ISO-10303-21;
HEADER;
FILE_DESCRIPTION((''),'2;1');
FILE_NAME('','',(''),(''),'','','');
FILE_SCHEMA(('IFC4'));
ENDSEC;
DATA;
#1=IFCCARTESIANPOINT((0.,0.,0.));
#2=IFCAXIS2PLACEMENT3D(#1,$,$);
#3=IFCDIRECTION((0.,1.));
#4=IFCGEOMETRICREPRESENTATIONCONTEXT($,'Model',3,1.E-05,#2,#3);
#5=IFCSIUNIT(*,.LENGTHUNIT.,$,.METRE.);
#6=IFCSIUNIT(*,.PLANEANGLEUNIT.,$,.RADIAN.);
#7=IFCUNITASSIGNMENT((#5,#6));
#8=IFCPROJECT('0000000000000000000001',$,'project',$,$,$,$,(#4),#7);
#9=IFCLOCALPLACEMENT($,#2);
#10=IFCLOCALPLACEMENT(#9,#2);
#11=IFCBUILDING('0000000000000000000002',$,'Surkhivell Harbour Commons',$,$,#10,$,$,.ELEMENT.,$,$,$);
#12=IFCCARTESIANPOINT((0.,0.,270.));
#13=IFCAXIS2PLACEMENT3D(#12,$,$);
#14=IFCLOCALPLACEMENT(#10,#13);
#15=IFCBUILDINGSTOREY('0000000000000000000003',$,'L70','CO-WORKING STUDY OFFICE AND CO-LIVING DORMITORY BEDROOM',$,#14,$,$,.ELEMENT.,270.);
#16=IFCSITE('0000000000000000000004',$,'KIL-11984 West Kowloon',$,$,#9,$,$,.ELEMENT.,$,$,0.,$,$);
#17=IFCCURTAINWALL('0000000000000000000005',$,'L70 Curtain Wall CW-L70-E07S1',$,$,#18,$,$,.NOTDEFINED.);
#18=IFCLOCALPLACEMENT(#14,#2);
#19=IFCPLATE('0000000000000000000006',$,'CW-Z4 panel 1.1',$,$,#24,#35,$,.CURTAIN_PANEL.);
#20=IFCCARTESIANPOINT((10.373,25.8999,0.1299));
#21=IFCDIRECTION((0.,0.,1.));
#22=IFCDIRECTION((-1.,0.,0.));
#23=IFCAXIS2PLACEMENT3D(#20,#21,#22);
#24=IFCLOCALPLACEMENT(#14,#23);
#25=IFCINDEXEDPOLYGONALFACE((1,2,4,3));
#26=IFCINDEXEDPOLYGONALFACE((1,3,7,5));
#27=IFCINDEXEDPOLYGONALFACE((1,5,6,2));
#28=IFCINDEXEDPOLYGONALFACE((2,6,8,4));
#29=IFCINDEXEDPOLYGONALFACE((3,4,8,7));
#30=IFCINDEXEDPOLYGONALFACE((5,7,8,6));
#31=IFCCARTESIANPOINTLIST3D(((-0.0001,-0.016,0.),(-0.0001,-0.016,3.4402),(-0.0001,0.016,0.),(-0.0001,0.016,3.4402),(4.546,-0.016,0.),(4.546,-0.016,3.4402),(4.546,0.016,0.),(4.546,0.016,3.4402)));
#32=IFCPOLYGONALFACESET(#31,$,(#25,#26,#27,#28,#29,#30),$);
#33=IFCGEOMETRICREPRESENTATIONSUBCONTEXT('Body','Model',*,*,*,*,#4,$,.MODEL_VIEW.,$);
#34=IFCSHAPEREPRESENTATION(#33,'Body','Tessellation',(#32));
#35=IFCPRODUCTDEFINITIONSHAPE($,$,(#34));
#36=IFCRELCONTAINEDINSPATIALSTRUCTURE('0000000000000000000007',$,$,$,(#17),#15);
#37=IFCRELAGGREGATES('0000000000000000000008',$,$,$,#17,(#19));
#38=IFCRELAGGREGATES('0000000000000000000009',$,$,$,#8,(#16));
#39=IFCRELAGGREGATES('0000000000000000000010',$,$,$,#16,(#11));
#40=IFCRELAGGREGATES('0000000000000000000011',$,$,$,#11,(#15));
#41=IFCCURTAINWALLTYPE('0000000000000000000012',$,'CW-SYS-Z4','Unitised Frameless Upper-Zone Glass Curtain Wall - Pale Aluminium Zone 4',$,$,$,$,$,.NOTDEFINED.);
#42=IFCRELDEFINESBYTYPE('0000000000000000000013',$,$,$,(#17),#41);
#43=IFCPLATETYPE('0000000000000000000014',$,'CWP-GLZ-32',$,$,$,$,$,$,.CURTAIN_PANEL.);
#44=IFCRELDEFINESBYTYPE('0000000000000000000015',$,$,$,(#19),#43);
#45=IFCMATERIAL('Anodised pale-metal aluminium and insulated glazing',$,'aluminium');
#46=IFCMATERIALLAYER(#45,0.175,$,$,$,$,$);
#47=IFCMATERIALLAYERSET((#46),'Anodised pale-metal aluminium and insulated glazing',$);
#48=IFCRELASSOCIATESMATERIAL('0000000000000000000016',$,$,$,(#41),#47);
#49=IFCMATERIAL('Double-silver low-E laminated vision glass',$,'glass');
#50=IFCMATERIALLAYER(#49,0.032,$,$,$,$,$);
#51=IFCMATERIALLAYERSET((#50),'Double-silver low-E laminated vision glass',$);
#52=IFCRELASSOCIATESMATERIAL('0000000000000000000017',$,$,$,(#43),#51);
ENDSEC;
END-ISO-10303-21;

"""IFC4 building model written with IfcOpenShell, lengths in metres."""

from ifc_helpers import new_model, si_unit, direction, frame, frame_2d, origin, place, context, subcontext, project, spatial, rectangle, extrude, material, layer, layer_set, type_object, element, aggregate, save


model = new_model("IFC4")

# Units and contexts
model_context = context("Model", 3, precision=1e-05, world=origin(), true_north=direction((0.0, 1.0)))
body_context = subcontext(model_context, "Body", "Model", "MODEL_VIEW")
ifc_project = project(units=[si_unit("LENGTHUNIT", "METRE"), si_unit("PLANEANGLEUNIT", "RADIAN")], contexts=[model_context])

# Site, building, storey
site_placement = place(None, origin())
site = spatial("IfcSite", under=ifc_project, at=site_placement, Name="KIL-11984 West Kowloon", CompositionType="ELEMENT", RefElevation=0.0)
building_placement = place(site_placement, origin())
building = spatial("IfcBuilding", under=site, at=building_placement, Name="Surkhivell Harbour Commons", CompositionType="ELEMENT")
storey_placement = place(building_placement, frame((0.0, 0.0, 270.0)))
storey = spatial("IfcBuildingStorey", under=building, at=storey_placement, Name="L70", Description="CO-WORKING STUDY OFFICE AND CO-LIVING DORMITORY BEDROOM", CompositionType="ELEMENT", Elevation=270.0)

# Shared definitions
ifc_material_1 = material(Name="Anodised pale-metal aluminium and insulated glazing", Category="aluminium")
ifc_layer_1 = layer(ifc_material_1, 0.175)
ifc_layer_set_1 = layer_set([ifc_layer_1], Name="Anodised pale-metal aluminium and insulated glazing")
curtain_wall_type = type_object("IfcCurtainWallType", Name="CW-SYS-Z4", Description="Unitised Frameless Upper-Zone Glass Curtain Wall - Pale Aluminium Zone 4", PredefinedType="NOTDEFINED", material=ifc_layer_set_1)

# Curtain wall
curtain_wall_1_placement = place(storey_placement, origin())
curtain_wall_1 = element("IfcCurtainWall", 1, at=curtain_wall_1_placement, inside=storey, type_object=curtain_wall_type, Name="L70 Curtain Wall CW-L70-E07S1", PredefinedType="NOTDEFINED")

# Plate
ifc_material_2 = material(Name="Double-silver low-E laminated vision glass", Category="glass")
ifc_layer_2 = layer(ifc_material_2, 0.032)
ifc_layer_set_2 = layer_set([ifc_layer_2], Name="Double-silver low-E laminated vision glass")
plate_type = type_object("IfcPlateType", Name="CWP-GLZ-32", PredefinedType="CURTAIN_PANEL", material=ifc_layer_set_2)
plate_1_placement = place(storey_placement, frame((10.373, 25.8999, 0.1299), z_axis=(0.0, 0.0, 1.0), x_axis=(-1.0, 0.0, 0.0)))
plate_1 = element("IfcPlate", 2, at=plate_1_placement, type_object=plate_type, Name="CW-Z4 panel 1.1", PredefinedType="CURTAIN_PANEL", context=body_context, shape_type="SweptSolid", body=[
    extrude(rectangle(XDim=4.5461, YDim=0.032, at=frame_2d((2.2729, 0.0))), origin(), (0.0, 0.0, 1.0), 3.4402),
])
aggregate(curtain_wall_1, [plate_1])

save(model, "model.ifc")
